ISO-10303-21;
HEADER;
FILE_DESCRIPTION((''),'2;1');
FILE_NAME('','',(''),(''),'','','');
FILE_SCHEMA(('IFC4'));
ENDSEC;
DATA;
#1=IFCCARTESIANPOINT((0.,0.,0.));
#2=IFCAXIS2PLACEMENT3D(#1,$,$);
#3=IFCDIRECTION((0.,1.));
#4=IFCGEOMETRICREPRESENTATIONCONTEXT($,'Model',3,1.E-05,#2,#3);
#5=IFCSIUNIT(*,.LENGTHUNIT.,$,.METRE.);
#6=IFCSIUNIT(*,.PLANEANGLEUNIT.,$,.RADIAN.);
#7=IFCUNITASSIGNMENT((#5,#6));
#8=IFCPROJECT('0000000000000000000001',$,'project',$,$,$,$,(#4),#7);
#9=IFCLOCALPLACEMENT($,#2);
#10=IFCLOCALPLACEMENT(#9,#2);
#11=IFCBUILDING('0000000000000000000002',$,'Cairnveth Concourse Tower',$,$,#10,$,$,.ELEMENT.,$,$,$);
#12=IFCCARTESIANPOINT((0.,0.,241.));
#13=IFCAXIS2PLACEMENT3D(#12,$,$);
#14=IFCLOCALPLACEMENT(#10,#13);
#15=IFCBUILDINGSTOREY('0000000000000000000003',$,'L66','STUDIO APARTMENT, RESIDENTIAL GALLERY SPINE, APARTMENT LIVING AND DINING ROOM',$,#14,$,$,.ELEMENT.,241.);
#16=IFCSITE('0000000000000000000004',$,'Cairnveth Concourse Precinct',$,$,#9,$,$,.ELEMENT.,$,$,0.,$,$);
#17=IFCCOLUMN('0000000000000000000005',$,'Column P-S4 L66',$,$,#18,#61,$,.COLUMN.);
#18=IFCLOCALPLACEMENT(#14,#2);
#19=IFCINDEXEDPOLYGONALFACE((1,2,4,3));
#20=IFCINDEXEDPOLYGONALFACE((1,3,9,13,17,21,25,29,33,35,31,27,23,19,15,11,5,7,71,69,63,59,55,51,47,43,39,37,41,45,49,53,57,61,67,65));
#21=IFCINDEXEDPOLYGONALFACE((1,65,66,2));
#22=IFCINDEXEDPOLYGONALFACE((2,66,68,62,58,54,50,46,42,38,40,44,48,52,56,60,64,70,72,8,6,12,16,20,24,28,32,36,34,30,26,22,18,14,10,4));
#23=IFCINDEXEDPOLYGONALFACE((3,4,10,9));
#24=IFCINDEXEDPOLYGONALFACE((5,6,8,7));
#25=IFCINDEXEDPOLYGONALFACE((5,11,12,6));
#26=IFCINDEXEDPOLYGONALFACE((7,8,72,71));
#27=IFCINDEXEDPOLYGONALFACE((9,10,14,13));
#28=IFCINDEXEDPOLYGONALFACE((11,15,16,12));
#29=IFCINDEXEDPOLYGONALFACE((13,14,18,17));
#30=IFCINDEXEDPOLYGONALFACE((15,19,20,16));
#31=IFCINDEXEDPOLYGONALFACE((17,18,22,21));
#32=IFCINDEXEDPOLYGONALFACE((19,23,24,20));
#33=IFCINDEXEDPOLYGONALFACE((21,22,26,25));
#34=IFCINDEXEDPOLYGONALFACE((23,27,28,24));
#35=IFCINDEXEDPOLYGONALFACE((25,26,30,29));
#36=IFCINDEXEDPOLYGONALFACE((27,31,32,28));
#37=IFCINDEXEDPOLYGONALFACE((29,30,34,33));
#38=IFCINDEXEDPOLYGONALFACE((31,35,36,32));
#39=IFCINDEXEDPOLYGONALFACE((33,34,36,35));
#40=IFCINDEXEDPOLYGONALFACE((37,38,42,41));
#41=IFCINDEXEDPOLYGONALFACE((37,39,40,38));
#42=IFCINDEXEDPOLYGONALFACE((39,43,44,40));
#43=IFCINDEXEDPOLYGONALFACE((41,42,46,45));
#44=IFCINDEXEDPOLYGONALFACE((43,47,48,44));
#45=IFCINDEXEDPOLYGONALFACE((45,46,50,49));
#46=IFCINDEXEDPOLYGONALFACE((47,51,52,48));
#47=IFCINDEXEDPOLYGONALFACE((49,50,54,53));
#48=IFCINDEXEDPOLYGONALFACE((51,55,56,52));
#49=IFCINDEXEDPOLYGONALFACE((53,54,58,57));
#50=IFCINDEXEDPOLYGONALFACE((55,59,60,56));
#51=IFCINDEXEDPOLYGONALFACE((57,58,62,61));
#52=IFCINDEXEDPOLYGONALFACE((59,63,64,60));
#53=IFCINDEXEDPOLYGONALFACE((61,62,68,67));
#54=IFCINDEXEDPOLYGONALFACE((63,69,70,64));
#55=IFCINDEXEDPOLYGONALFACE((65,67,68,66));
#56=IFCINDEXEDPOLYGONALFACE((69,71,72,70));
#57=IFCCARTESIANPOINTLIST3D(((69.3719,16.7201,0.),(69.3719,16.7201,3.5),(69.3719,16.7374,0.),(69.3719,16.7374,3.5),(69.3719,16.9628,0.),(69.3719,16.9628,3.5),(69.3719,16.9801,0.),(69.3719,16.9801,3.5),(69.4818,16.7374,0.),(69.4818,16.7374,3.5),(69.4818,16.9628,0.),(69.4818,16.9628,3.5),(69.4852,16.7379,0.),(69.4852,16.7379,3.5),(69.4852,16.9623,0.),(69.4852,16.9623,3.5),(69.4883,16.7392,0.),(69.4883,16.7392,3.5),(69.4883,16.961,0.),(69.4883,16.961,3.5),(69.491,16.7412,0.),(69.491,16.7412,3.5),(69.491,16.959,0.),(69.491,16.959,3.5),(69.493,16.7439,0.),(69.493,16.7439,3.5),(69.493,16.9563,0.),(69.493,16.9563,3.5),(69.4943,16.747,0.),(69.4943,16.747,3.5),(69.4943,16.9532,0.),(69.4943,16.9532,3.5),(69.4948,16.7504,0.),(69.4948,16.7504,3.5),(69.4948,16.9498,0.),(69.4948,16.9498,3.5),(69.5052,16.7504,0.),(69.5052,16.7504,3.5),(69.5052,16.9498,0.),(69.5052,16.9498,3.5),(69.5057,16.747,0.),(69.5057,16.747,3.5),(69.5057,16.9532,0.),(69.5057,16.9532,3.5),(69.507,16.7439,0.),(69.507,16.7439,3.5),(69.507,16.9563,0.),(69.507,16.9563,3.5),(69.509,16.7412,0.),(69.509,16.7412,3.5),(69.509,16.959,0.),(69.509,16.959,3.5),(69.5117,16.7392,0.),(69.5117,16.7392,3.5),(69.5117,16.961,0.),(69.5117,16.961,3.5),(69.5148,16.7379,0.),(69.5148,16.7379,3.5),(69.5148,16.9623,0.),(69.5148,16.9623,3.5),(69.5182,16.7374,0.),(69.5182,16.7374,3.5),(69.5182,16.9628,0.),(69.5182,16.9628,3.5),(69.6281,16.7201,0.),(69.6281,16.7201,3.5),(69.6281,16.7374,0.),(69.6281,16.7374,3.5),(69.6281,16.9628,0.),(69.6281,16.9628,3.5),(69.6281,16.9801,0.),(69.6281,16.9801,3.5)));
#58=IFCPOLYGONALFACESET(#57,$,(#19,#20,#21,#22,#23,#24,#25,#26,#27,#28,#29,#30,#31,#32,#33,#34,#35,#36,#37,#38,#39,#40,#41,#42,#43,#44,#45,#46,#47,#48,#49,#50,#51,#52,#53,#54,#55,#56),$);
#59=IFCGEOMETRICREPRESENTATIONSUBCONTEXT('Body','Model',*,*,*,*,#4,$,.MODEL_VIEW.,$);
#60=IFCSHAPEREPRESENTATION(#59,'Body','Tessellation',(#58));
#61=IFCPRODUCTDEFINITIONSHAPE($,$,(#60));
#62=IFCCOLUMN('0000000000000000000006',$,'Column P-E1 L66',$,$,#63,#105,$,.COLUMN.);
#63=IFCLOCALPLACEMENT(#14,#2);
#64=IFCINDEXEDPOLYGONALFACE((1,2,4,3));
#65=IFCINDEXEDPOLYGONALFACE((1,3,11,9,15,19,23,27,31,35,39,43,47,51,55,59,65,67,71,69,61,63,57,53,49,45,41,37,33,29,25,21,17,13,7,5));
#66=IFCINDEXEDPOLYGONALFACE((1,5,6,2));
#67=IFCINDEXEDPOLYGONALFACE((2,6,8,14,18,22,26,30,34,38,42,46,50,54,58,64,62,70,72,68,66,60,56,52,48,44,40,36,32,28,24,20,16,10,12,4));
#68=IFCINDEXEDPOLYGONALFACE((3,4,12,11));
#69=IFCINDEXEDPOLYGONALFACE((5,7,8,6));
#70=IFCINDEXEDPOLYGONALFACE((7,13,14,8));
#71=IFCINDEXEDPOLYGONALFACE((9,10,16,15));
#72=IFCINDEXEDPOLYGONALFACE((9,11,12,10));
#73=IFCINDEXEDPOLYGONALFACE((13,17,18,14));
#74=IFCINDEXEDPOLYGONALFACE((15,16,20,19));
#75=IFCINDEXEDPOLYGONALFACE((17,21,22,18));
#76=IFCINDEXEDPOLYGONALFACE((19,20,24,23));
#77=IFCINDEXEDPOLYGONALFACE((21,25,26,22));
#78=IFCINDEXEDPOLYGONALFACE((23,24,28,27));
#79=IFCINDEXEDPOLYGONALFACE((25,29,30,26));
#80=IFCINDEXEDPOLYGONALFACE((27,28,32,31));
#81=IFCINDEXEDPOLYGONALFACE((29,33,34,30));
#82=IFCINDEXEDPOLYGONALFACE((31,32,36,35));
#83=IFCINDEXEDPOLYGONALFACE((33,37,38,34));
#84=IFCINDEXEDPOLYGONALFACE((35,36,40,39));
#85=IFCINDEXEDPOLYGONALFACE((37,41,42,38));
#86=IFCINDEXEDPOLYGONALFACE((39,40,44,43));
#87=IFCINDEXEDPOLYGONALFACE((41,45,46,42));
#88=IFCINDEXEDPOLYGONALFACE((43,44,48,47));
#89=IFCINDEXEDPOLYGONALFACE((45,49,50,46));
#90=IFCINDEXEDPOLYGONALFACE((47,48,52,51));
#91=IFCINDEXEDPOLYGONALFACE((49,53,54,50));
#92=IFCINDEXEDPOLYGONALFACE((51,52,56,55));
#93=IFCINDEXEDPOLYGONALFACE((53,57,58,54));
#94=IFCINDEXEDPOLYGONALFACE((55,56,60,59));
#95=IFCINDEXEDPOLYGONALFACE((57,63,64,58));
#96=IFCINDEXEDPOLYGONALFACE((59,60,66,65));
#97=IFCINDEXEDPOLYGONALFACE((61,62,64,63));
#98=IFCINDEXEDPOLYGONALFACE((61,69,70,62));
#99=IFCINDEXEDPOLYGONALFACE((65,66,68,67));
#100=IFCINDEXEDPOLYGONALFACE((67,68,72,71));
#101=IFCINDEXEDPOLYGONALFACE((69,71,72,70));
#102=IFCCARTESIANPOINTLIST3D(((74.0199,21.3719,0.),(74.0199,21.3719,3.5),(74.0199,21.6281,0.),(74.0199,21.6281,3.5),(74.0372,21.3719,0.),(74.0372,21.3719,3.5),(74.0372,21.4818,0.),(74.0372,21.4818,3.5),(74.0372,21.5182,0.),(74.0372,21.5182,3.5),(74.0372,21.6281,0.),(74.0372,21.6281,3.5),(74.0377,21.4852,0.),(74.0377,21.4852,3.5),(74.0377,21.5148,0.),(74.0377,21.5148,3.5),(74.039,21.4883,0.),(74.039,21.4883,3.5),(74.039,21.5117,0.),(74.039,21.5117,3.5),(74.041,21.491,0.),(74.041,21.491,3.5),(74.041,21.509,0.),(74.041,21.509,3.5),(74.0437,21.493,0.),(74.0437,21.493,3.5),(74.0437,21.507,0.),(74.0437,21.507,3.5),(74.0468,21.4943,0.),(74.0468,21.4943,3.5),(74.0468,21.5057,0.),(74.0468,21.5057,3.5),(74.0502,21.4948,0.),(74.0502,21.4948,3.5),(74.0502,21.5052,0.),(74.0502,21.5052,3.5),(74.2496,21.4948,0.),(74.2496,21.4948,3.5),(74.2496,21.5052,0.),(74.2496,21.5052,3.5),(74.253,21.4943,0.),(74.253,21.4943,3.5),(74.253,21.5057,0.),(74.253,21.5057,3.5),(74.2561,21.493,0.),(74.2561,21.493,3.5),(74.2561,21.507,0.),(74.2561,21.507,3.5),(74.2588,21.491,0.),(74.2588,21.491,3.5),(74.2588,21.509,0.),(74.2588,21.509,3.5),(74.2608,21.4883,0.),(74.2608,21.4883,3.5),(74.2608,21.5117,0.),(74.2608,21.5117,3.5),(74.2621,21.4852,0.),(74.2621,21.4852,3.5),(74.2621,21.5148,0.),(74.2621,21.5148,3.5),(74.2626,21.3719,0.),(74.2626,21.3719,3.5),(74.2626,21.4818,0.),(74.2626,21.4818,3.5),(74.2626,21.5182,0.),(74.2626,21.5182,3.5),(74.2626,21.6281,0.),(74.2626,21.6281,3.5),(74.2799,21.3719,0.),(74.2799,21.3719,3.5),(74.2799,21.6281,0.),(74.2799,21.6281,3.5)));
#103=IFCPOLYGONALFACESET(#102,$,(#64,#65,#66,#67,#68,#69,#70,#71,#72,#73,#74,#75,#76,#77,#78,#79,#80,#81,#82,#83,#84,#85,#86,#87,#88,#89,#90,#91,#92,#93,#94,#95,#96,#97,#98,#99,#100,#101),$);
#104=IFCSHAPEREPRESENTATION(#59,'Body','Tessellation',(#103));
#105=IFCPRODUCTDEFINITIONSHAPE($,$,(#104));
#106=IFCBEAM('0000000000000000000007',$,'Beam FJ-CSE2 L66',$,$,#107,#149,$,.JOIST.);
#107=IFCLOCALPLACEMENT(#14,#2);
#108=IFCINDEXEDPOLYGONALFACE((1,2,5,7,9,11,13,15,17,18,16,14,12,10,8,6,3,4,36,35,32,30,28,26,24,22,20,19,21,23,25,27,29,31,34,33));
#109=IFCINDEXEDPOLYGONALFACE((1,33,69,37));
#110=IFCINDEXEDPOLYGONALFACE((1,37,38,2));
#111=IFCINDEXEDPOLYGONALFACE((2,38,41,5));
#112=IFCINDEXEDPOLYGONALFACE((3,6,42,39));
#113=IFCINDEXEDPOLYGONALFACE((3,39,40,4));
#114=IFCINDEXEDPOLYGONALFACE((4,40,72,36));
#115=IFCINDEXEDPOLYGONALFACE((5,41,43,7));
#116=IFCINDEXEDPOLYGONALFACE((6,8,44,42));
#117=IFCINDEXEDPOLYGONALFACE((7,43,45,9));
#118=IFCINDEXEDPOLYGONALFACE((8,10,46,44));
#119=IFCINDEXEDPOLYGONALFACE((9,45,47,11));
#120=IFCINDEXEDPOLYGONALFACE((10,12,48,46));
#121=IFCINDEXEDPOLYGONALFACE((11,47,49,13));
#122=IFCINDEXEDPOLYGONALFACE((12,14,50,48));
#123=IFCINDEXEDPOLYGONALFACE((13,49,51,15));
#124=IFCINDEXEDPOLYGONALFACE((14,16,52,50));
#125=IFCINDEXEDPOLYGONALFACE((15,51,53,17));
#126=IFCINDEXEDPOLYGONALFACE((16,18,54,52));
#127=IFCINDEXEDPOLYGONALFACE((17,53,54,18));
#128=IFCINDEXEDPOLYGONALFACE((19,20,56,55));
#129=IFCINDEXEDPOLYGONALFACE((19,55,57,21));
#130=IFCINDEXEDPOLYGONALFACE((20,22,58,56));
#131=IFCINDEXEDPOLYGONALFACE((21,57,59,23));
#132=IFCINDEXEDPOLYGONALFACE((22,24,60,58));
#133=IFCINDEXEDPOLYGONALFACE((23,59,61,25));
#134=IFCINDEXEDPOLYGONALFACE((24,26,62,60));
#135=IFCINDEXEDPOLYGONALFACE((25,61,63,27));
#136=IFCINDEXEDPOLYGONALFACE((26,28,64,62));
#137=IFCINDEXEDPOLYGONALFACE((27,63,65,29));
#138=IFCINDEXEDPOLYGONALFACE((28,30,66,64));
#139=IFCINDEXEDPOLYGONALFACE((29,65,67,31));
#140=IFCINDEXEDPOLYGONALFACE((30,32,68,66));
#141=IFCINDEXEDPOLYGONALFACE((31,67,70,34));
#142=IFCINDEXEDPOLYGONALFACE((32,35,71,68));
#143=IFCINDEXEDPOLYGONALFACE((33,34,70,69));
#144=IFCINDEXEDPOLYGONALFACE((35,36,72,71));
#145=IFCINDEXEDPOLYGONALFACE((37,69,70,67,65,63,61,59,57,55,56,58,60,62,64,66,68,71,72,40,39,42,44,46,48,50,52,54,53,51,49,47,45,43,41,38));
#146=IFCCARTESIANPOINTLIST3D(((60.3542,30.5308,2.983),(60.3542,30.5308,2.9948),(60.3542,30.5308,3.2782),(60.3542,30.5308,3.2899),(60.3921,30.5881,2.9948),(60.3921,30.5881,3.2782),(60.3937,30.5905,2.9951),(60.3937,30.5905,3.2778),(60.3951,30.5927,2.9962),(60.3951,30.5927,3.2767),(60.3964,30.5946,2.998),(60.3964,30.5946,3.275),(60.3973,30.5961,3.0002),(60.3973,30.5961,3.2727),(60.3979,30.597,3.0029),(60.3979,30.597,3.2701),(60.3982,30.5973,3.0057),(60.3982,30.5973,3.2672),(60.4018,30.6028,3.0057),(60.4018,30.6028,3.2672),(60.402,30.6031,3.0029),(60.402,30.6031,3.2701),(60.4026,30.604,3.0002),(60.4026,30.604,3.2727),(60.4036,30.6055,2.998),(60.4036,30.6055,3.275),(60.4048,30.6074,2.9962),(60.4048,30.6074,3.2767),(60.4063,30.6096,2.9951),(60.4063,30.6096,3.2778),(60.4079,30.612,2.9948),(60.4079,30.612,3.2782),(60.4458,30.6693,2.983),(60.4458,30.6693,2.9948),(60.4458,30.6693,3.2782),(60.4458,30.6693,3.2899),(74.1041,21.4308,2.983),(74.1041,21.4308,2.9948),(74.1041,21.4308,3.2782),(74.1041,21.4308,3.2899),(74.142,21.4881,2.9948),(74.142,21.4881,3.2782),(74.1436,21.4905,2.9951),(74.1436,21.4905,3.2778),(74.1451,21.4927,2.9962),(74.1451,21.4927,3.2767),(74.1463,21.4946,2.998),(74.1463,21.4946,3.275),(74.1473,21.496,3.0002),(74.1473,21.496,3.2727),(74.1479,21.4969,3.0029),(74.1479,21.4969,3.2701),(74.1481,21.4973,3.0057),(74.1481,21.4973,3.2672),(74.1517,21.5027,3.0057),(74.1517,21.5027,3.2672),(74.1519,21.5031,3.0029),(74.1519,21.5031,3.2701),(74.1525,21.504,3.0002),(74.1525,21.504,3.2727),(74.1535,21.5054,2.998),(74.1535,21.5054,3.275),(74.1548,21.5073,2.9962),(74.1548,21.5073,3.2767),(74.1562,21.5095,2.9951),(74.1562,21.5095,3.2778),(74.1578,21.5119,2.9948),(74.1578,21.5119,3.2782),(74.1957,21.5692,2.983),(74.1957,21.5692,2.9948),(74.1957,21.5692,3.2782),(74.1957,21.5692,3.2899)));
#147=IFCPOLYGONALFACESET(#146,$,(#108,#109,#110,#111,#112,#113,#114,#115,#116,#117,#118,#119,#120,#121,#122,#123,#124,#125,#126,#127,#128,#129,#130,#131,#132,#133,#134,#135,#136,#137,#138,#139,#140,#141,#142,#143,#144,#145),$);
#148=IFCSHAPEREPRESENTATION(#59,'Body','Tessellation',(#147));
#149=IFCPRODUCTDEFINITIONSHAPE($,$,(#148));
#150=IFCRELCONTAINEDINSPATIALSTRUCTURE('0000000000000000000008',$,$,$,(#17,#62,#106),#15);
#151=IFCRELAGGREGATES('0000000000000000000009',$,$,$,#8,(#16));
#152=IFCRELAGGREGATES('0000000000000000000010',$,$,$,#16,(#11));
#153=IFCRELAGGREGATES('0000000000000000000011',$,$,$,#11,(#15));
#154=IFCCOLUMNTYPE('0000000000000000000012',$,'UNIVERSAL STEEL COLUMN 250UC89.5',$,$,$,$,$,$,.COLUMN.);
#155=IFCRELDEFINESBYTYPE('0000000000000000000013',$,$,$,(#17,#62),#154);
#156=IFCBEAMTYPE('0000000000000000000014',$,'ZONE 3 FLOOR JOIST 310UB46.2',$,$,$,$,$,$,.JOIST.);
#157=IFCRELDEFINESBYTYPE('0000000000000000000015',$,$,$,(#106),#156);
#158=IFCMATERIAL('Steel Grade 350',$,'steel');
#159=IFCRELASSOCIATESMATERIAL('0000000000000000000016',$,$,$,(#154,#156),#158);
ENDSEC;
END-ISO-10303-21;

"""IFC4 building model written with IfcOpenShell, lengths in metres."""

from ifc_helpers import new_model, si_unit, direction, frame, origin, origin_2d, place, context, subcontext, project, spatial, i_section, extrude, material, material_profile, profile_set, type_object, element, save


model = new_model("IFC4")

# Units and contexts
model_context = context("Model", 3, precision=1e-05, world=origin(), true_north=direction((0.0, 1.0)))
body_context = subcontext(model_context, "Body", "Model", "MODEL_VIEW")
ifc_project = project(units=[si_unit("LENGTHUNIT", "METRE"), si_unit("PLANEANGLEUNIT", "RADIAN")], contexts=[model_context])

# Site, building, storey
site_placement = place(None, origin())
site = spatial("IfcSite", under=ifc_project, at=site_placement, Name="Cairnveth Concourse Precinct", CompositionType="ELEMENT", RefElevation=0.0)
building_placement = place(site_placement, origin())
building = spatial("IfcBuilding", under=site, at=building_placement, Name="Cairnveth Concourse Tower", CompositionType="ELEMENT")
storey_placement = place(building_placement, frame((0.0, 0.0, 241.0)))
storey = spatial("IfcBuildingStorey", under=building, at=storey_placement, Name="L66", Description="STUDIO APARTMENT, RESIDENTIAL GALLERY SPINE, APARTMENT LIVING AND DINING ROOM", CompositionType="ELEMENT", Elevation=241.0)

# Columns
ifc_material_1 = material(Name="Steel Grade 350", Category="steel")
ifc_material_profile_1 = material_profile(ifc_material_1, i_section(OverallWidth=0.2561, OverallDepth=0.26, WebThickness=0.0105, FlangeThickness=0.0173, FilletRadius=0.0129, at=origin_2d()), Name="250UC89.5")
ifc_profile_set_1 = profile_set([ifc_material_profile_1], Name="Steel Grade 350")
column_type = type_object("IfcColumnType", Name="UNIVERSAL STEEL COLUMN 250UC89.5", PredefinedType="COLUMN", material=ifc_profile_set_1)
for number, where, z_axis, x_axis, name in (
    (1, (69.5, 16.8501, 0.0), (0.0, 0.0, 1.0), (1.0, 0.0, 0.0), "Column P-S4 L66"),
    (2, (74.1499, 21.5, 0.0), (0.0, 0.0, 1.0), (0.0, 1.0, 0.0), "Column P-E1 L66"),
):
    element("IfcColumn", number, at=place(storey_placement, frame(where, z_axis=z_axis, x_axis=x_axis)), inside=storey, type_object=column_type, Name=name, PredefinedType="COLUMN", context=body_context, shape_type="SweptSolid", body=[
        extrude(i_section(OverallWidth=0.2561, OverallDepth=0.26, WebThickness=0.0105, FlangeThickness=0.0173, FilletRadius=0.0129, at=origin_2d()), origin(), (0.0, 0.0, 1.0), 3.5),
    ])

# Beam
ifc_material_profile_2 = material_profile(ifc_material_1, i_section(OverallWidth=0.166, OverallDepth=0.3069, WebThickness=0.0066, FlangeThickness=0.0117, FilletRadius=0.011, at=origin_2d()), Name="310UB46.2")
ifc_profile_set_2 = profile_set([ifc_material_profile_2], Name="Steel Grade 350")
beam_type_1 = type_object("IfcBeamType", Name="ZONE 3 FLOOR JOIST 310UB46.2", PredefinedType="JOIST", material=ifc_profile_set_2)
beam_1_placement = place(storey_placement, frame((74.1499, 21.5, 3.1365), z_axis=(-0.833909, 0.551902, 0.0), x_axis=(-0.551902, -0.833909, 0.0)))
element("IfcBeam", 3, at=beam_1_placement, inside=storey, type_object=beam_type_1, Name="Beam FJ-CSE2 L66", PredefinedType="JOIST", context=body_context, shape_type="SweptSolid", body=[
    extrude(i_section(OverallWidth=0.166, OverallDepth=0.3069, WebThickness=0.0066, FlangeThickness=0.0117, FilletRadius=0.011, at=origin_2d()), origin(), (0.0, 0.0, 1.0), 16.4885),
])

save(model, "model.ifc")
